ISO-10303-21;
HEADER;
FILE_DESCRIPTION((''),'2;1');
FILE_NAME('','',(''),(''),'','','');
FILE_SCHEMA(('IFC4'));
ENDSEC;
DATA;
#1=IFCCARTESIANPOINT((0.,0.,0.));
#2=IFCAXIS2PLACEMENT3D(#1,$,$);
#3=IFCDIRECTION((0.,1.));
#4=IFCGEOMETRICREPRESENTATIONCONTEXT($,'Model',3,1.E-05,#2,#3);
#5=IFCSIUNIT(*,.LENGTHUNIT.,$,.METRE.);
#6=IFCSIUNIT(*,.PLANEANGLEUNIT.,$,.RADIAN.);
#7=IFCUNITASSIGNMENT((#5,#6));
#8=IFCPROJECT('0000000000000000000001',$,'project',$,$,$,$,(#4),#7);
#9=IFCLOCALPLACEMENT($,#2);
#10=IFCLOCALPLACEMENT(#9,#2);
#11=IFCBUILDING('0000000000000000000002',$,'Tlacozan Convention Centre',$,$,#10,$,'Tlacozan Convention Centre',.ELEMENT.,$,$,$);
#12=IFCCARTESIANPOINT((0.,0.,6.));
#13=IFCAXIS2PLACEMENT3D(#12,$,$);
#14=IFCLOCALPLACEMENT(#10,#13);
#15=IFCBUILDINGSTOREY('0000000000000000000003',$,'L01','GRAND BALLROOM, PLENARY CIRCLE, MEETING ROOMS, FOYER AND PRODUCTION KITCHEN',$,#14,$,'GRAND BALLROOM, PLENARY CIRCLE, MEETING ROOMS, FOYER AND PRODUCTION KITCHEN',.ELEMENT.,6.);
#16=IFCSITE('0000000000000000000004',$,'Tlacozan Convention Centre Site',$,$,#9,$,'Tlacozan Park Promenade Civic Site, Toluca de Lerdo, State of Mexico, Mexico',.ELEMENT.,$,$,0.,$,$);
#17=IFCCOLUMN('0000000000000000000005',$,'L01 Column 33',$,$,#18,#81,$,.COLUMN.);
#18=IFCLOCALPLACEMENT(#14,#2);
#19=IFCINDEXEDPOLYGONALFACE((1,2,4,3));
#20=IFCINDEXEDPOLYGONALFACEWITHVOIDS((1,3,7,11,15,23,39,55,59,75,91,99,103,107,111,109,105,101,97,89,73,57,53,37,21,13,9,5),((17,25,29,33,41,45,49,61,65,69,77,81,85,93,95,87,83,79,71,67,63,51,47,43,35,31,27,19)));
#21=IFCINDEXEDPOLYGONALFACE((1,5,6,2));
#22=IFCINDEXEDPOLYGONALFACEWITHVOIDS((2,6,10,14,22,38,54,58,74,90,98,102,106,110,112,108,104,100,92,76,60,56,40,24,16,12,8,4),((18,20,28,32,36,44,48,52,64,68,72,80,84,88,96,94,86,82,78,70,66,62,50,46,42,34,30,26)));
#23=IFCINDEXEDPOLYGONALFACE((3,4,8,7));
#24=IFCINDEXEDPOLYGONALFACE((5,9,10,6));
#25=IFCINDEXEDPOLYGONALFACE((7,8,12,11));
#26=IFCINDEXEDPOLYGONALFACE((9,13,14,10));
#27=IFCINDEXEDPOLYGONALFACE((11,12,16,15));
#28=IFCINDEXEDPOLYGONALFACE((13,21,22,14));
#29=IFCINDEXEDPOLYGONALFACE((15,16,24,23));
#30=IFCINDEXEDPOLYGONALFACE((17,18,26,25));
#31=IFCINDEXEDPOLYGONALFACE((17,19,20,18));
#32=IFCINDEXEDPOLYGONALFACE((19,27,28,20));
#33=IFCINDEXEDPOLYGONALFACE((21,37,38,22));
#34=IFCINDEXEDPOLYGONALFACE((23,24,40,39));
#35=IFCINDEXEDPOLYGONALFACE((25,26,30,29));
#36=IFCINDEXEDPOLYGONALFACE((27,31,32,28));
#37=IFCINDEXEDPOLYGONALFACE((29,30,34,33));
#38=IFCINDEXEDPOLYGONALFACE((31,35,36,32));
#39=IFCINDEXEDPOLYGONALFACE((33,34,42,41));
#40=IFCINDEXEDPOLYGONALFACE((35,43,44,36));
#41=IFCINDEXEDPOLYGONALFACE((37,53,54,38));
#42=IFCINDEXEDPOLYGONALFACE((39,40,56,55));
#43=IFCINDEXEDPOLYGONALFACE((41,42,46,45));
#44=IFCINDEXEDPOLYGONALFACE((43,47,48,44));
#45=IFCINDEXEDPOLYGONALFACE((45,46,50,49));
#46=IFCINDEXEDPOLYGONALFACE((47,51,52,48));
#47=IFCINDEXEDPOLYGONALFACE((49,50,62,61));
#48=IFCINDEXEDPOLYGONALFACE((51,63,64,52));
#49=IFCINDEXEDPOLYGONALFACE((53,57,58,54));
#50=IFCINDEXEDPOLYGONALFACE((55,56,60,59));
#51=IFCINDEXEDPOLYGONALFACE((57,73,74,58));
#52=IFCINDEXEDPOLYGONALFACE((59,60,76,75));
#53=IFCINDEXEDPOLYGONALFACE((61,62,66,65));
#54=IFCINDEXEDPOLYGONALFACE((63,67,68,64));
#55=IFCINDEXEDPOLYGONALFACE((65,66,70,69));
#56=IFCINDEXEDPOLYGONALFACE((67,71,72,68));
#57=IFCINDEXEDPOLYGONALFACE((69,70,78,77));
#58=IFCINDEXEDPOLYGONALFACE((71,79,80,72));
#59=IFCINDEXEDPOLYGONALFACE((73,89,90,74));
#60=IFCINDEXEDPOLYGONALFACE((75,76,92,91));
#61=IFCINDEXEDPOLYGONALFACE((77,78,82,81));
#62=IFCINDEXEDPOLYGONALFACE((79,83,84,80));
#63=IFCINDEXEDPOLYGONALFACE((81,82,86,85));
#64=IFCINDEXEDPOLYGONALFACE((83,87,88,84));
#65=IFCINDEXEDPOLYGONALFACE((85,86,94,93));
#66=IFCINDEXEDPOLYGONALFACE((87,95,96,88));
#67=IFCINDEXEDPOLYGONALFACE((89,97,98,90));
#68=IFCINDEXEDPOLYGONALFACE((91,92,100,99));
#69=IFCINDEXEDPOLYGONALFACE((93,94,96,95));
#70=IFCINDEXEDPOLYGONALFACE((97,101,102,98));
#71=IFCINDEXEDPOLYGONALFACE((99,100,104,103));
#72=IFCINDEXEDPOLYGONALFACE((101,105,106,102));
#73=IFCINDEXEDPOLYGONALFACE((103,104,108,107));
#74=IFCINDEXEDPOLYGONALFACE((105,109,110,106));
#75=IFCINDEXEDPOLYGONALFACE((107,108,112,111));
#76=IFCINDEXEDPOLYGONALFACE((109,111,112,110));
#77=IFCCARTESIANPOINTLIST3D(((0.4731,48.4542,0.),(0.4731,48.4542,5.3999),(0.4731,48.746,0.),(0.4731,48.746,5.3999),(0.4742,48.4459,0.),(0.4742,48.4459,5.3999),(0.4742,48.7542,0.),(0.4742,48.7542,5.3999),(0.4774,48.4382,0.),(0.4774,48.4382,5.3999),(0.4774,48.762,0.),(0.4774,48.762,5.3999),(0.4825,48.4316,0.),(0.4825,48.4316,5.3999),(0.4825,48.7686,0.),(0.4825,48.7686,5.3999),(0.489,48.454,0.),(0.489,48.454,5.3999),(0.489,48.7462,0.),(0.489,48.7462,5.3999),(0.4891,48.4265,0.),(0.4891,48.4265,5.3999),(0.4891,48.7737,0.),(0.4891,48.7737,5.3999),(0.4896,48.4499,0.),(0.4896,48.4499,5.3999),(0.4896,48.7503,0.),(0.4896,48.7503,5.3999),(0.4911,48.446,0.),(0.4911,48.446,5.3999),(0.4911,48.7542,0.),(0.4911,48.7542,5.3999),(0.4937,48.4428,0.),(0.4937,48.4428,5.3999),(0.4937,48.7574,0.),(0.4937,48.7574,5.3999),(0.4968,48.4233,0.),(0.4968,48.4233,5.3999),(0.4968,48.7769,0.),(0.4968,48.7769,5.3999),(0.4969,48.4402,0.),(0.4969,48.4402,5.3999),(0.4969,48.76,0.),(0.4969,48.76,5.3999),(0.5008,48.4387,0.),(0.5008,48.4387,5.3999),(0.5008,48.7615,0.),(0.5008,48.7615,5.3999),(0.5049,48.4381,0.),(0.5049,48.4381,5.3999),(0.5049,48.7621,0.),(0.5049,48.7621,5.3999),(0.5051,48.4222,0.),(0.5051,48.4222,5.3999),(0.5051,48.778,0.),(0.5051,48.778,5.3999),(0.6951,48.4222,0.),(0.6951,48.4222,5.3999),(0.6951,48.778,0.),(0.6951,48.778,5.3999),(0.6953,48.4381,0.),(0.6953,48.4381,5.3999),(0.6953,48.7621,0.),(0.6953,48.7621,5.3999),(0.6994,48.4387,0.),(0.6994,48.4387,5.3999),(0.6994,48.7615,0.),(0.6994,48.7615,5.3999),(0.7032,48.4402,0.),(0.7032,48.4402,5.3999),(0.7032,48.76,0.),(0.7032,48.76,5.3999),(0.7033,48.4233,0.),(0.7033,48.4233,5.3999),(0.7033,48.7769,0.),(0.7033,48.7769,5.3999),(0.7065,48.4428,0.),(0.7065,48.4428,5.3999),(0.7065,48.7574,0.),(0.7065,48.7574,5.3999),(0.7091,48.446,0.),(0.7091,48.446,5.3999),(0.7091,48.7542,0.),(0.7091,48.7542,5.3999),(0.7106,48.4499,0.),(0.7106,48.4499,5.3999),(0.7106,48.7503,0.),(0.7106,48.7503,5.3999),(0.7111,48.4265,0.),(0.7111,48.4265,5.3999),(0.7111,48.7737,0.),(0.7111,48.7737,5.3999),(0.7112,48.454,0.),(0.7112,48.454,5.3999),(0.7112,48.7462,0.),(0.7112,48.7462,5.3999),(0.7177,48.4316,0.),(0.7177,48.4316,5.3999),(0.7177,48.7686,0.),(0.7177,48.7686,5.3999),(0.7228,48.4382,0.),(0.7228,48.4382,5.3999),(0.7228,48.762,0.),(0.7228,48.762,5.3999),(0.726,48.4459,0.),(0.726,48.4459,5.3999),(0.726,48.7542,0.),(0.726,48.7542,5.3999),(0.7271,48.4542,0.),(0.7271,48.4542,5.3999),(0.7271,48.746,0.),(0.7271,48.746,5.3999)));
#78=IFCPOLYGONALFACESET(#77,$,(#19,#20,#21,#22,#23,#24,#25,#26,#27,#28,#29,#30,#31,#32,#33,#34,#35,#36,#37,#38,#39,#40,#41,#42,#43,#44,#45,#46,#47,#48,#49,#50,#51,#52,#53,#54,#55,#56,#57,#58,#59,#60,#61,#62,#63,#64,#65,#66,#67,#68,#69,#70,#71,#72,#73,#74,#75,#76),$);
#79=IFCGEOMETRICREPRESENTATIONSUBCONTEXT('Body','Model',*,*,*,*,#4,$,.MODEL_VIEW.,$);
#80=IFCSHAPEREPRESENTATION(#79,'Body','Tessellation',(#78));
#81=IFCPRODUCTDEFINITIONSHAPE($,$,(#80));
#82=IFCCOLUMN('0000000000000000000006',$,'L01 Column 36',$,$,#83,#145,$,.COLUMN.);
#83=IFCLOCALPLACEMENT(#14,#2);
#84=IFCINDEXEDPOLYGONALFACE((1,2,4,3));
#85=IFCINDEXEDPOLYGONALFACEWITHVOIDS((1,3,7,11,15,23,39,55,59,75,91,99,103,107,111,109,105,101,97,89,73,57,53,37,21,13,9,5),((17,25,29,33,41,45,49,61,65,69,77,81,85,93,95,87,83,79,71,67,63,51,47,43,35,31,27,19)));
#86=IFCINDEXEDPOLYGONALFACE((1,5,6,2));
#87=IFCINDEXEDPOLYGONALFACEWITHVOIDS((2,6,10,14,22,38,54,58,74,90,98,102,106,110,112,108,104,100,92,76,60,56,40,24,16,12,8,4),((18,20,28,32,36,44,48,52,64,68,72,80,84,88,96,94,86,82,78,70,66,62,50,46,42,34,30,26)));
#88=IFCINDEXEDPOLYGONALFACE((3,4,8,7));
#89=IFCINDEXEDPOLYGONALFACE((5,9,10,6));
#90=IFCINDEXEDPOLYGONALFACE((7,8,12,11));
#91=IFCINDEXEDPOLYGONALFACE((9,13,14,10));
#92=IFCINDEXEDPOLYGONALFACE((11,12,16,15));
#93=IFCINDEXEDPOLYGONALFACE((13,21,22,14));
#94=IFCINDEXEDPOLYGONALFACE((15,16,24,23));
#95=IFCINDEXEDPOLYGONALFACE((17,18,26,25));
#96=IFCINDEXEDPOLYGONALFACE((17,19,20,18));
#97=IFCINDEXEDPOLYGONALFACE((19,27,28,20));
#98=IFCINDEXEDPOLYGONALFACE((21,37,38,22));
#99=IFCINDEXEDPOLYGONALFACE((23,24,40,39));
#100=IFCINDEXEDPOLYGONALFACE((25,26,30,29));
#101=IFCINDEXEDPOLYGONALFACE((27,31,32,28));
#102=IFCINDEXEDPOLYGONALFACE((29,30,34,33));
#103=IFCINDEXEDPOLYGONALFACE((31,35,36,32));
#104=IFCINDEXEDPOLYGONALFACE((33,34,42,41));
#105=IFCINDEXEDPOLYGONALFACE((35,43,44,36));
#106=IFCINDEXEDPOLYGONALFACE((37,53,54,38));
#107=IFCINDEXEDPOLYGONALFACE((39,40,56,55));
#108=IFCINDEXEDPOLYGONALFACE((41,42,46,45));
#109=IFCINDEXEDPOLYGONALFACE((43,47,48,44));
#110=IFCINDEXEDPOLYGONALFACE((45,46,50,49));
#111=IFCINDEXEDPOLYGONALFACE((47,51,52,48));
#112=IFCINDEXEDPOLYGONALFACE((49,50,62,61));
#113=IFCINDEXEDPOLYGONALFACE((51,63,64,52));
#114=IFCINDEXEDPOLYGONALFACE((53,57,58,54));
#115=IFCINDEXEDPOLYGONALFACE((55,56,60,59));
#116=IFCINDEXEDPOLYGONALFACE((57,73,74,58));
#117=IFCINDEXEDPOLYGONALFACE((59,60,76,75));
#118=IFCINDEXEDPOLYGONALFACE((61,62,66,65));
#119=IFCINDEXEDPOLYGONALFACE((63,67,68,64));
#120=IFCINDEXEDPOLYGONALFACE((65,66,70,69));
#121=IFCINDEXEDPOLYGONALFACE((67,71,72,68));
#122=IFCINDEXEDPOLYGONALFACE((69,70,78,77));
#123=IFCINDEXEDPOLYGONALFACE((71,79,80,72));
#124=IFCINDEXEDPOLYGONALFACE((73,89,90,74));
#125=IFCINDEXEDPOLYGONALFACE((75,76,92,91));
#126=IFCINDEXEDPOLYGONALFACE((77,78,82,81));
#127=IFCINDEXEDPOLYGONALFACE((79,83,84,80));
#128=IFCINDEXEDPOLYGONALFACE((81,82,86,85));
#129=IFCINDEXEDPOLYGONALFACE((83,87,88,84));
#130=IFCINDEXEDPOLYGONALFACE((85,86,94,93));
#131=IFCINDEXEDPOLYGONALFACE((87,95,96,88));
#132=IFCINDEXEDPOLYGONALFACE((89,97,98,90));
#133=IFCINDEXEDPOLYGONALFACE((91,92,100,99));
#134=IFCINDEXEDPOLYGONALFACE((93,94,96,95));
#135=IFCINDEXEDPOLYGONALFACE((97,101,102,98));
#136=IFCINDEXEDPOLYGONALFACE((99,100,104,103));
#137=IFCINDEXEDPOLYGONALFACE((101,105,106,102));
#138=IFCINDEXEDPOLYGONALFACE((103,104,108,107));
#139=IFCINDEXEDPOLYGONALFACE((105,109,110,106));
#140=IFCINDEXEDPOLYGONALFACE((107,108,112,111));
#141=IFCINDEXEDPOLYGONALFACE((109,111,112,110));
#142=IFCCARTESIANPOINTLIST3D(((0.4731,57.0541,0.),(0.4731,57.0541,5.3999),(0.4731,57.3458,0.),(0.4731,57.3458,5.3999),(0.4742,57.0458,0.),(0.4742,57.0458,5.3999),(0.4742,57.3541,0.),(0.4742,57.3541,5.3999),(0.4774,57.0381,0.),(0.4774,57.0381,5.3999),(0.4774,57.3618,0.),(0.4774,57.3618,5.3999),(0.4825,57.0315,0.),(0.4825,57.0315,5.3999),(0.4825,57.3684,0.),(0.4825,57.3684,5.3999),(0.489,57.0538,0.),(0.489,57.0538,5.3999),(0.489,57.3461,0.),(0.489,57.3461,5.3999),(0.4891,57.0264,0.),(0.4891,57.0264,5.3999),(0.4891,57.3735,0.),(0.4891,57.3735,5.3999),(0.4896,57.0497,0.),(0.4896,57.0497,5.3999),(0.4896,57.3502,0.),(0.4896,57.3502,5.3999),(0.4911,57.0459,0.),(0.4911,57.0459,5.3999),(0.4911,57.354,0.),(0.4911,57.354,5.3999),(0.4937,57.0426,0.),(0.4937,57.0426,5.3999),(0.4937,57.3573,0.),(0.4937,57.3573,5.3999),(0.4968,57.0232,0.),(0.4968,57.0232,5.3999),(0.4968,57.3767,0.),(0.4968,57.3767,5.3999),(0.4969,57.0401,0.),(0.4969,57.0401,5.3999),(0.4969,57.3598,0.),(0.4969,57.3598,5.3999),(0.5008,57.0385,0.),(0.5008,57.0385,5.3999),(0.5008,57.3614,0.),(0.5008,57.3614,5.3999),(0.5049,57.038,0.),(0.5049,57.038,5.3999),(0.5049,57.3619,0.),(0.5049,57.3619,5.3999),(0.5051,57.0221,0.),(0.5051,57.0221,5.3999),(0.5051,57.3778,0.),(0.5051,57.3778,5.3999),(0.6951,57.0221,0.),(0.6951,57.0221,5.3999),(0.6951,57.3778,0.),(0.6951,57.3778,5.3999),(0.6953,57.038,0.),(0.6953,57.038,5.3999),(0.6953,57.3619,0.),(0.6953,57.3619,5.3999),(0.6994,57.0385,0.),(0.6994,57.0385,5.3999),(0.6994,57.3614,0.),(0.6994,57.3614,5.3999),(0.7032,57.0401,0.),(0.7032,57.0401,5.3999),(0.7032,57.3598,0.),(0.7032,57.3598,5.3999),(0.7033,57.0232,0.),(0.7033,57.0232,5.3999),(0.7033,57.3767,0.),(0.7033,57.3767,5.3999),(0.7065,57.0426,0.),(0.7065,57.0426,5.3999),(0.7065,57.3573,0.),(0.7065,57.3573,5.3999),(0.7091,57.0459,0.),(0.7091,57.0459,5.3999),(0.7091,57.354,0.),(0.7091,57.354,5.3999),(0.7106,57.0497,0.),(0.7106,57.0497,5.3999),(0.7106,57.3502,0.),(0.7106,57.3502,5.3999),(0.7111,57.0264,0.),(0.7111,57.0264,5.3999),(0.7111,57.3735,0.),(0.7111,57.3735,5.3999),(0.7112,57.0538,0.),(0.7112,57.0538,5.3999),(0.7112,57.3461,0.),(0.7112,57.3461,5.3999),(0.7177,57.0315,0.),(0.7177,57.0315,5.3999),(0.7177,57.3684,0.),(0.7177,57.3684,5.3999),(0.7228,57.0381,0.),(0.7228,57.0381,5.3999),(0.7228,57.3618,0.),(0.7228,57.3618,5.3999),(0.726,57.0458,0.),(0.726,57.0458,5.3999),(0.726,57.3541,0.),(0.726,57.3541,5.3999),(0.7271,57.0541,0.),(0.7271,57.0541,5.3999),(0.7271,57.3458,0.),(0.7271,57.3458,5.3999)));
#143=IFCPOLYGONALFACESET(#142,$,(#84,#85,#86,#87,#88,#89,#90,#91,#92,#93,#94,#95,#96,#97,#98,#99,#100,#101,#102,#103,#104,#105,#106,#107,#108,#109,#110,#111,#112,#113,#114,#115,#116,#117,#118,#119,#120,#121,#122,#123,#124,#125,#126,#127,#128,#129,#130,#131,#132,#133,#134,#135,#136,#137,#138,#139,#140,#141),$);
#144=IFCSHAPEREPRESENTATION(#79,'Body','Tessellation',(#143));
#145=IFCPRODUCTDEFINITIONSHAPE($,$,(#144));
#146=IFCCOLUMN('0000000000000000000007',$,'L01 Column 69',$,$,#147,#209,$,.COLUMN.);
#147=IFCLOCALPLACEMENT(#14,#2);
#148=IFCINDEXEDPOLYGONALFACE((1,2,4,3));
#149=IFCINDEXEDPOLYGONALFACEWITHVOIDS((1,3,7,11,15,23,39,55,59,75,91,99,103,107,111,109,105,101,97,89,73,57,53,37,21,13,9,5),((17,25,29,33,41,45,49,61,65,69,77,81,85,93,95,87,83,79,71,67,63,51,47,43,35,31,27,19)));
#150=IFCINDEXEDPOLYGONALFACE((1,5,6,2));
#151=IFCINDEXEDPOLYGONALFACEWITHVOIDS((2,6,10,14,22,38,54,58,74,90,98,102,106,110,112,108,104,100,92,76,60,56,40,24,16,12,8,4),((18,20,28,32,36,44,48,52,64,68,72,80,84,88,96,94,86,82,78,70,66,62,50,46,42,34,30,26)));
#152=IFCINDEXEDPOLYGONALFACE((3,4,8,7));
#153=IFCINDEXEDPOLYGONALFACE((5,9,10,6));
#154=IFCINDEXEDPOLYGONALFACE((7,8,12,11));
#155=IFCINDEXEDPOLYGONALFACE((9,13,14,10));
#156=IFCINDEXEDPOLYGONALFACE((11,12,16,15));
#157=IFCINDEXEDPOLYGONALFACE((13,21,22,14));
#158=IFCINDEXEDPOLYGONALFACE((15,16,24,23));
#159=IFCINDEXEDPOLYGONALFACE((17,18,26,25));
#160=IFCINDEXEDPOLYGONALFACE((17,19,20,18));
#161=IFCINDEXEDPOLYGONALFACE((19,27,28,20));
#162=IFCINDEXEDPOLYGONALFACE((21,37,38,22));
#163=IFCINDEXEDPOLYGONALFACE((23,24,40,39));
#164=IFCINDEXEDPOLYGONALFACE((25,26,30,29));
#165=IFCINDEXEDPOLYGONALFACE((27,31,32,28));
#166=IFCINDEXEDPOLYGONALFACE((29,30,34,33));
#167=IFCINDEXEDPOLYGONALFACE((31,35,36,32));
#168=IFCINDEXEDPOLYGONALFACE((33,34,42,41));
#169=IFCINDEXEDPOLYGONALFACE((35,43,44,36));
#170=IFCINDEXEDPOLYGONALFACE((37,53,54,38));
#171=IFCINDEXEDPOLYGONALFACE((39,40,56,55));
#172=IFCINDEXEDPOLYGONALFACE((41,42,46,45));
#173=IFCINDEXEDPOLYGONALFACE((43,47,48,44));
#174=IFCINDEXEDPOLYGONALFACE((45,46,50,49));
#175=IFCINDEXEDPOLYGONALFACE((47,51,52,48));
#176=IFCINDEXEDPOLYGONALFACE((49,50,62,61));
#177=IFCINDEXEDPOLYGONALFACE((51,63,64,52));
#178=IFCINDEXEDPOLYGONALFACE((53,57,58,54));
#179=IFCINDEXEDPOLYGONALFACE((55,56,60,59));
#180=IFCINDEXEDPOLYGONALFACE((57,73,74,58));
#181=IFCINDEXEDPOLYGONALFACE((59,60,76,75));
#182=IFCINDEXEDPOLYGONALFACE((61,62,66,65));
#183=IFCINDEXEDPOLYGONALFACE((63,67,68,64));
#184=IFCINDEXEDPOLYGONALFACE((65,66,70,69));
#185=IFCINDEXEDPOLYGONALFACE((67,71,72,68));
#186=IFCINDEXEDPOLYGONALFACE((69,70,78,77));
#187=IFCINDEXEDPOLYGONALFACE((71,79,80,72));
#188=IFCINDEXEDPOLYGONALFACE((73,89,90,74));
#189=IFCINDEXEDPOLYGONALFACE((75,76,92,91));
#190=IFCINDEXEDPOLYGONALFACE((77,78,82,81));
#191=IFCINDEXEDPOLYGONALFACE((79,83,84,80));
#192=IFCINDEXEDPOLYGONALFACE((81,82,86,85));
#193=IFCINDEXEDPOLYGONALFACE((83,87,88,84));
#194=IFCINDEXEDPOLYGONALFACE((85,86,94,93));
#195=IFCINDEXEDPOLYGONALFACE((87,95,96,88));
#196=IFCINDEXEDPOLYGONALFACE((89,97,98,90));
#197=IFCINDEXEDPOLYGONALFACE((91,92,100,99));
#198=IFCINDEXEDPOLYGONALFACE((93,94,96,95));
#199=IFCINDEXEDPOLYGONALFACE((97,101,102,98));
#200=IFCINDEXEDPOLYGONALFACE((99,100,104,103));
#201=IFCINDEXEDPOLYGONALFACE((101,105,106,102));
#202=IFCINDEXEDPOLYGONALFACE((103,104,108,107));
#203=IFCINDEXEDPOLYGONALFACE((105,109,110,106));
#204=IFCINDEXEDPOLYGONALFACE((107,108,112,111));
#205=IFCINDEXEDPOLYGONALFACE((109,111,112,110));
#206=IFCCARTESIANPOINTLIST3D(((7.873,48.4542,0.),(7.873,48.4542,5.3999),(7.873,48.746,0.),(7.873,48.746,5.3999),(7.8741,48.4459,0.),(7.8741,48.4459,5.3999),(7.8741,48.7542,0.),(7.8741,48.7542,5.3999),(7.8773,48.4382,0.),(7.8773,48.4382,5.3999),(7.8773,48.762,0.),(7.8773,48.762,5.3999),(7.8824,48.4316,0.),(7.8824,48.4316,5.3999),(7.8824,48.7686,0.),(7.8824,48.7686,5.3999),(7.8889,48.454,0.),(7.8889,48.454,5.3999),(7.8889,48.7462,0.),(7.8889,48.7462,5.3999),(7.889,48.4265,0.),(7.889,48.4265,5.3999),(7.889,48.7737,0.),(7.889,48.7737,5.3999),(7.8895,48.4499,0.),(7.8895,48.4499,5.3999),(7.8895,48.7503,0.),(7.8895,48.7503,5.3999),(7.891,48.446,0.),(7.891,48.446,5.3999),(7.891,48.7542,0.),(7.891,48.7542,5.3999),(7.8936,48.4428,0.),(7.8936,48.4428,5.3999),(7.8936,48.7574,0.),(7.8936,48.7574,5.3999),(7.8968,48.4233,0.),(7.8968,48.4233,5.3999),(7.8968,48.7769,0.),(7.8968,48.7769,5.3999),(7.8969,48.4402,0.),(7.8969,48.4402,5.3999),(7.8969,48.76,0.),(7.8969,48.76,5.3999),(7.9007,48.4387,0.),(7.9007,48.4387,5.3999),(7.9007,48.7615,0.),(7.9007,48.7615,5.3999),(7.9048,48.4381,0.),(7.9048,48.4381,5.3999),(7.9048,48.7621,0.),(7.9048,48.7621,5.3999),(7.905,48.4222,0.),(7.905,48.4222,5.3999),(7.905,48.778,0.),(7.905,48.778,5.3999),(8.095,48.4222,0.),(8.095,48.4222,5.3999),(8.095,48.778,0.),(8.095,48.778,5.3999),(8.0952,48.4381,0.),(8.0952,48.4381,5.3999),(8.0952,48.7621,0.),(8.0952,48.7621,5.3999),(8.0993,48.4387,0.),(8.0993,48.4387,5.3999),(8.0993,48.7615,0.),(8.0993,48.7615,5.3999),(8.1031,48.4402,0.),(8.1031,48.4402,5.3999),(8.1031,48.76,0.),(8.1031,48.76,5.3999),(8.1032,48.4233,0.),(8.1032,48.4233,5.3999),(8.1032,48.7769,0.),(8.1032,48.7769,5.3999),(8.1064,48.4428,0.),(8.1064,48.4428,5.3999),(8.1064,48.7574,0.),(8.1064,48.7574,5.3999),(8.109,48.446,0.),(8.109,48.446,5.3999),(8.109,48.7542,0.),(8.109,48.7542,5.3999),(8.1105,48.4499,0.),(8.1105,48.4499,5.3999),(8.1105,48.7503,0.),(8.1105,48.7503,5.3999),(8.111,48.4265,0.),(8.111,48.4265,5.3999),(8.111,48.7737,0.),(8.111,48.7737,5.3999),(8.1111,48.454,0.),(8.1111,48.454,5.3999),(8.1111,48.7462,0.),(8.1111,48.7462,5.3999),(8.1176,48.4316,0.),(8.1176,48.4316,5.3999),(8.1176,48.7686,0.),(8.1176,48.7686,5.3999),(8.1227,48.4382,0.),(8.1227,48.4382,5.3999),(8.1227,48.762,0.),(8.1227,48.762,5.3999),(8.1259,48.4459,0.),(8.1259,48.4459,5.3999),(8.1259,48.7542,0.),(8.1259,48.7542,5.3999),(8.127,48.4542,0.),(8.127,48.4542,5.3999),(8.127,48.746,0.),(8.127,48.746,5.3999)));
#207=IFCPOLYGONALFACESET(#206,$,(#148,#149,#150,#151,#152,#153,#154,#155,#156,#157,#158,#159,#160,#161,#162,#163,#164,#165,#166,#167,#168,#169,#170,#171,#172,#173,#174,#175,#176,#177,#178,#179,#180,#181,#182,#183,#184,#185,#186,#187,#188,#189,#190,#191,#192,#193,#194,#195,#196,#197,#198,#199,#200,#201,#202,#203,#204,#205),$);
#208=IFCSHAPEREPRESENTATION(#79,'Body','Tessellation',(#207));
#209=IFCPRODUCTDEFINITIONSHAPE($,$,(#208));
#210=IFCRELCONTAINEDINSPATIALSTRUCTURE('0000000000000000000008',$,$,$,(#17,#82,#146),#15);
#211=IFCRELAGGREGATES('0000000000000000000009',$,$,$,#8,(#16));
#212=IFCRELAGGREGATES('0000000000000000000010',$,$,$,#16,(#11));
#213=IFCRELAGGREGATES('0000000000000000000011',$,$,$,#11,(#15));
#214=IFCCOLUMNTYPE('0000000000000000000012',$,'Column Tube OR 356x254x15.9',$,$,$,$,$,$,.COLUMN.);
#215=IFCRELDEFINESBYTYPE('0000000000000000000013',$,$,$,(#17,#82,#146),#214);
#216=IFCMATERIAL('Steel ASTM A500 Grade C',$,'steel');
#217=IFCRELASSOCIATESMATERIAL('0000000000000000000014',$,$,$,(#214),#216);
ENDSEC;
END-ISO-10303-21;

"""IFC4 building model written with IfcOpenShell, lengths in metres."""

from ifc_helpers import new_model, si_unit, direction, frame, origin, origin_2d, place, context, subcontext, project, spatial, hollow_rectangle, extrude, material, material_profile, profile_set, type_object, element, save


model = new_model("IFC4")

# Units and contexts
model_context = context("Model", 3, precision=1e-05, world=origin(), true_north=direction((0.0, 1.0)))
body_context = subcontext(model_context, "Body", "Model", "MODEL_VIEW")
ifc_project = project(units=[si_unit("LENGTHUNIT", "METRE"), si_unit("PLANEANGLEUNIT", "RADIAN")], contexts=[model_context])

# Site, building, storey
site_placement = place(None, origin())
site = spatial("IfcSite", under=ifc_project, at=site_placement, Name="Tlacozan Convention Centre Site", LongName="Tlacozan Park Promenade Civic Site, Toluca de Lerdo, State of Mexico, Mexico", CompositionType="ELEMENT", RefElevation=0.0)
building_placement = place(site_placement, origin())
building = spatial("IfcBuilding", under=site, at=building_placement, Name="Tlacozan Convention Centre", LongName="Tlacozan Convention Centre", CompositionType="ELEMENT")
storey_placement = place(building_placement, frame((0.0, 0.0, 6.0)))
storey = spatial("IfcBuildingStorey", under=building, at=storey_placement, Name="L01", Description="GRAND BALLROOM, PLENARY CIRCLE, MEETING ROOMS, FOYER AND PRODUCTION KITCHEN", LongName="GRAND BALLROOM, PLENARY CIRCLE, MEETING ROOMS, FOYER AND PRODUCTION KITCHEN", CompositionType="ELEMENT", Elevation=6.0)

# Columns
ifc_material_1 = material(Name="Steel ASTM A500 Grade C", Category="steel")
ifc_material_profile_1 = material_profile(ifc_material_1, hollow_rectangle(XDim=0.2539, YDim=0.3557, WallThickness=0.0159, InnerFilletRadius=0.0159, OuterFilletRadius=0.032, at=origin_2d()), Name="OR 356x254x15.9")
ifc_profile_set_1 = profile_set([ifc_material_profile_1], Name="Steel ASTM A500 Grade C")
column_type = type_object("IfcColumnType", Name="Column Tube OR 356x254x15.9", PredefinedType="COLUMN", material=ifc_profile_set_1)
for number, where, z_axis, x_axis, name in (
    (1, (0.6001, 48.6001, 0.0), (0.0, 0.0, 1.0), (1.0, 0.0, 0.0), "L01 Column 33"),
    (2, (0.6001, 57.2, 0.0), (0.0, 0.0, 1.0), (1.0, 0.0, 0.0), "L01 Column 36"),
    (3, (8.0, 48.6001, 0.0), (0.0, 0.0, 1.0), (1.0, 0.0, 0.0), "L01 Column 69"),
):
    element("IfcColumn", number, at=place(storey_placement, frame(where, z_axis=z_axis, x_axis=x_axis)), inside=storey, type_object=column_type, Name=name, PredefinedType="COLUMN", context=body_context, shape_type="SweptSolid", body=[
        extrude(hollow_rectangle(XDim=0.2539, YDim=0.3557, WallThickness=0.0159, InnerFilletRadius=0.0159, OuterFilletRadius=0.032, at=origin_2d()), origin(), (0.0, 0.0, 1.0), 5.3999),
    ])

save(model, "model.ifc")
